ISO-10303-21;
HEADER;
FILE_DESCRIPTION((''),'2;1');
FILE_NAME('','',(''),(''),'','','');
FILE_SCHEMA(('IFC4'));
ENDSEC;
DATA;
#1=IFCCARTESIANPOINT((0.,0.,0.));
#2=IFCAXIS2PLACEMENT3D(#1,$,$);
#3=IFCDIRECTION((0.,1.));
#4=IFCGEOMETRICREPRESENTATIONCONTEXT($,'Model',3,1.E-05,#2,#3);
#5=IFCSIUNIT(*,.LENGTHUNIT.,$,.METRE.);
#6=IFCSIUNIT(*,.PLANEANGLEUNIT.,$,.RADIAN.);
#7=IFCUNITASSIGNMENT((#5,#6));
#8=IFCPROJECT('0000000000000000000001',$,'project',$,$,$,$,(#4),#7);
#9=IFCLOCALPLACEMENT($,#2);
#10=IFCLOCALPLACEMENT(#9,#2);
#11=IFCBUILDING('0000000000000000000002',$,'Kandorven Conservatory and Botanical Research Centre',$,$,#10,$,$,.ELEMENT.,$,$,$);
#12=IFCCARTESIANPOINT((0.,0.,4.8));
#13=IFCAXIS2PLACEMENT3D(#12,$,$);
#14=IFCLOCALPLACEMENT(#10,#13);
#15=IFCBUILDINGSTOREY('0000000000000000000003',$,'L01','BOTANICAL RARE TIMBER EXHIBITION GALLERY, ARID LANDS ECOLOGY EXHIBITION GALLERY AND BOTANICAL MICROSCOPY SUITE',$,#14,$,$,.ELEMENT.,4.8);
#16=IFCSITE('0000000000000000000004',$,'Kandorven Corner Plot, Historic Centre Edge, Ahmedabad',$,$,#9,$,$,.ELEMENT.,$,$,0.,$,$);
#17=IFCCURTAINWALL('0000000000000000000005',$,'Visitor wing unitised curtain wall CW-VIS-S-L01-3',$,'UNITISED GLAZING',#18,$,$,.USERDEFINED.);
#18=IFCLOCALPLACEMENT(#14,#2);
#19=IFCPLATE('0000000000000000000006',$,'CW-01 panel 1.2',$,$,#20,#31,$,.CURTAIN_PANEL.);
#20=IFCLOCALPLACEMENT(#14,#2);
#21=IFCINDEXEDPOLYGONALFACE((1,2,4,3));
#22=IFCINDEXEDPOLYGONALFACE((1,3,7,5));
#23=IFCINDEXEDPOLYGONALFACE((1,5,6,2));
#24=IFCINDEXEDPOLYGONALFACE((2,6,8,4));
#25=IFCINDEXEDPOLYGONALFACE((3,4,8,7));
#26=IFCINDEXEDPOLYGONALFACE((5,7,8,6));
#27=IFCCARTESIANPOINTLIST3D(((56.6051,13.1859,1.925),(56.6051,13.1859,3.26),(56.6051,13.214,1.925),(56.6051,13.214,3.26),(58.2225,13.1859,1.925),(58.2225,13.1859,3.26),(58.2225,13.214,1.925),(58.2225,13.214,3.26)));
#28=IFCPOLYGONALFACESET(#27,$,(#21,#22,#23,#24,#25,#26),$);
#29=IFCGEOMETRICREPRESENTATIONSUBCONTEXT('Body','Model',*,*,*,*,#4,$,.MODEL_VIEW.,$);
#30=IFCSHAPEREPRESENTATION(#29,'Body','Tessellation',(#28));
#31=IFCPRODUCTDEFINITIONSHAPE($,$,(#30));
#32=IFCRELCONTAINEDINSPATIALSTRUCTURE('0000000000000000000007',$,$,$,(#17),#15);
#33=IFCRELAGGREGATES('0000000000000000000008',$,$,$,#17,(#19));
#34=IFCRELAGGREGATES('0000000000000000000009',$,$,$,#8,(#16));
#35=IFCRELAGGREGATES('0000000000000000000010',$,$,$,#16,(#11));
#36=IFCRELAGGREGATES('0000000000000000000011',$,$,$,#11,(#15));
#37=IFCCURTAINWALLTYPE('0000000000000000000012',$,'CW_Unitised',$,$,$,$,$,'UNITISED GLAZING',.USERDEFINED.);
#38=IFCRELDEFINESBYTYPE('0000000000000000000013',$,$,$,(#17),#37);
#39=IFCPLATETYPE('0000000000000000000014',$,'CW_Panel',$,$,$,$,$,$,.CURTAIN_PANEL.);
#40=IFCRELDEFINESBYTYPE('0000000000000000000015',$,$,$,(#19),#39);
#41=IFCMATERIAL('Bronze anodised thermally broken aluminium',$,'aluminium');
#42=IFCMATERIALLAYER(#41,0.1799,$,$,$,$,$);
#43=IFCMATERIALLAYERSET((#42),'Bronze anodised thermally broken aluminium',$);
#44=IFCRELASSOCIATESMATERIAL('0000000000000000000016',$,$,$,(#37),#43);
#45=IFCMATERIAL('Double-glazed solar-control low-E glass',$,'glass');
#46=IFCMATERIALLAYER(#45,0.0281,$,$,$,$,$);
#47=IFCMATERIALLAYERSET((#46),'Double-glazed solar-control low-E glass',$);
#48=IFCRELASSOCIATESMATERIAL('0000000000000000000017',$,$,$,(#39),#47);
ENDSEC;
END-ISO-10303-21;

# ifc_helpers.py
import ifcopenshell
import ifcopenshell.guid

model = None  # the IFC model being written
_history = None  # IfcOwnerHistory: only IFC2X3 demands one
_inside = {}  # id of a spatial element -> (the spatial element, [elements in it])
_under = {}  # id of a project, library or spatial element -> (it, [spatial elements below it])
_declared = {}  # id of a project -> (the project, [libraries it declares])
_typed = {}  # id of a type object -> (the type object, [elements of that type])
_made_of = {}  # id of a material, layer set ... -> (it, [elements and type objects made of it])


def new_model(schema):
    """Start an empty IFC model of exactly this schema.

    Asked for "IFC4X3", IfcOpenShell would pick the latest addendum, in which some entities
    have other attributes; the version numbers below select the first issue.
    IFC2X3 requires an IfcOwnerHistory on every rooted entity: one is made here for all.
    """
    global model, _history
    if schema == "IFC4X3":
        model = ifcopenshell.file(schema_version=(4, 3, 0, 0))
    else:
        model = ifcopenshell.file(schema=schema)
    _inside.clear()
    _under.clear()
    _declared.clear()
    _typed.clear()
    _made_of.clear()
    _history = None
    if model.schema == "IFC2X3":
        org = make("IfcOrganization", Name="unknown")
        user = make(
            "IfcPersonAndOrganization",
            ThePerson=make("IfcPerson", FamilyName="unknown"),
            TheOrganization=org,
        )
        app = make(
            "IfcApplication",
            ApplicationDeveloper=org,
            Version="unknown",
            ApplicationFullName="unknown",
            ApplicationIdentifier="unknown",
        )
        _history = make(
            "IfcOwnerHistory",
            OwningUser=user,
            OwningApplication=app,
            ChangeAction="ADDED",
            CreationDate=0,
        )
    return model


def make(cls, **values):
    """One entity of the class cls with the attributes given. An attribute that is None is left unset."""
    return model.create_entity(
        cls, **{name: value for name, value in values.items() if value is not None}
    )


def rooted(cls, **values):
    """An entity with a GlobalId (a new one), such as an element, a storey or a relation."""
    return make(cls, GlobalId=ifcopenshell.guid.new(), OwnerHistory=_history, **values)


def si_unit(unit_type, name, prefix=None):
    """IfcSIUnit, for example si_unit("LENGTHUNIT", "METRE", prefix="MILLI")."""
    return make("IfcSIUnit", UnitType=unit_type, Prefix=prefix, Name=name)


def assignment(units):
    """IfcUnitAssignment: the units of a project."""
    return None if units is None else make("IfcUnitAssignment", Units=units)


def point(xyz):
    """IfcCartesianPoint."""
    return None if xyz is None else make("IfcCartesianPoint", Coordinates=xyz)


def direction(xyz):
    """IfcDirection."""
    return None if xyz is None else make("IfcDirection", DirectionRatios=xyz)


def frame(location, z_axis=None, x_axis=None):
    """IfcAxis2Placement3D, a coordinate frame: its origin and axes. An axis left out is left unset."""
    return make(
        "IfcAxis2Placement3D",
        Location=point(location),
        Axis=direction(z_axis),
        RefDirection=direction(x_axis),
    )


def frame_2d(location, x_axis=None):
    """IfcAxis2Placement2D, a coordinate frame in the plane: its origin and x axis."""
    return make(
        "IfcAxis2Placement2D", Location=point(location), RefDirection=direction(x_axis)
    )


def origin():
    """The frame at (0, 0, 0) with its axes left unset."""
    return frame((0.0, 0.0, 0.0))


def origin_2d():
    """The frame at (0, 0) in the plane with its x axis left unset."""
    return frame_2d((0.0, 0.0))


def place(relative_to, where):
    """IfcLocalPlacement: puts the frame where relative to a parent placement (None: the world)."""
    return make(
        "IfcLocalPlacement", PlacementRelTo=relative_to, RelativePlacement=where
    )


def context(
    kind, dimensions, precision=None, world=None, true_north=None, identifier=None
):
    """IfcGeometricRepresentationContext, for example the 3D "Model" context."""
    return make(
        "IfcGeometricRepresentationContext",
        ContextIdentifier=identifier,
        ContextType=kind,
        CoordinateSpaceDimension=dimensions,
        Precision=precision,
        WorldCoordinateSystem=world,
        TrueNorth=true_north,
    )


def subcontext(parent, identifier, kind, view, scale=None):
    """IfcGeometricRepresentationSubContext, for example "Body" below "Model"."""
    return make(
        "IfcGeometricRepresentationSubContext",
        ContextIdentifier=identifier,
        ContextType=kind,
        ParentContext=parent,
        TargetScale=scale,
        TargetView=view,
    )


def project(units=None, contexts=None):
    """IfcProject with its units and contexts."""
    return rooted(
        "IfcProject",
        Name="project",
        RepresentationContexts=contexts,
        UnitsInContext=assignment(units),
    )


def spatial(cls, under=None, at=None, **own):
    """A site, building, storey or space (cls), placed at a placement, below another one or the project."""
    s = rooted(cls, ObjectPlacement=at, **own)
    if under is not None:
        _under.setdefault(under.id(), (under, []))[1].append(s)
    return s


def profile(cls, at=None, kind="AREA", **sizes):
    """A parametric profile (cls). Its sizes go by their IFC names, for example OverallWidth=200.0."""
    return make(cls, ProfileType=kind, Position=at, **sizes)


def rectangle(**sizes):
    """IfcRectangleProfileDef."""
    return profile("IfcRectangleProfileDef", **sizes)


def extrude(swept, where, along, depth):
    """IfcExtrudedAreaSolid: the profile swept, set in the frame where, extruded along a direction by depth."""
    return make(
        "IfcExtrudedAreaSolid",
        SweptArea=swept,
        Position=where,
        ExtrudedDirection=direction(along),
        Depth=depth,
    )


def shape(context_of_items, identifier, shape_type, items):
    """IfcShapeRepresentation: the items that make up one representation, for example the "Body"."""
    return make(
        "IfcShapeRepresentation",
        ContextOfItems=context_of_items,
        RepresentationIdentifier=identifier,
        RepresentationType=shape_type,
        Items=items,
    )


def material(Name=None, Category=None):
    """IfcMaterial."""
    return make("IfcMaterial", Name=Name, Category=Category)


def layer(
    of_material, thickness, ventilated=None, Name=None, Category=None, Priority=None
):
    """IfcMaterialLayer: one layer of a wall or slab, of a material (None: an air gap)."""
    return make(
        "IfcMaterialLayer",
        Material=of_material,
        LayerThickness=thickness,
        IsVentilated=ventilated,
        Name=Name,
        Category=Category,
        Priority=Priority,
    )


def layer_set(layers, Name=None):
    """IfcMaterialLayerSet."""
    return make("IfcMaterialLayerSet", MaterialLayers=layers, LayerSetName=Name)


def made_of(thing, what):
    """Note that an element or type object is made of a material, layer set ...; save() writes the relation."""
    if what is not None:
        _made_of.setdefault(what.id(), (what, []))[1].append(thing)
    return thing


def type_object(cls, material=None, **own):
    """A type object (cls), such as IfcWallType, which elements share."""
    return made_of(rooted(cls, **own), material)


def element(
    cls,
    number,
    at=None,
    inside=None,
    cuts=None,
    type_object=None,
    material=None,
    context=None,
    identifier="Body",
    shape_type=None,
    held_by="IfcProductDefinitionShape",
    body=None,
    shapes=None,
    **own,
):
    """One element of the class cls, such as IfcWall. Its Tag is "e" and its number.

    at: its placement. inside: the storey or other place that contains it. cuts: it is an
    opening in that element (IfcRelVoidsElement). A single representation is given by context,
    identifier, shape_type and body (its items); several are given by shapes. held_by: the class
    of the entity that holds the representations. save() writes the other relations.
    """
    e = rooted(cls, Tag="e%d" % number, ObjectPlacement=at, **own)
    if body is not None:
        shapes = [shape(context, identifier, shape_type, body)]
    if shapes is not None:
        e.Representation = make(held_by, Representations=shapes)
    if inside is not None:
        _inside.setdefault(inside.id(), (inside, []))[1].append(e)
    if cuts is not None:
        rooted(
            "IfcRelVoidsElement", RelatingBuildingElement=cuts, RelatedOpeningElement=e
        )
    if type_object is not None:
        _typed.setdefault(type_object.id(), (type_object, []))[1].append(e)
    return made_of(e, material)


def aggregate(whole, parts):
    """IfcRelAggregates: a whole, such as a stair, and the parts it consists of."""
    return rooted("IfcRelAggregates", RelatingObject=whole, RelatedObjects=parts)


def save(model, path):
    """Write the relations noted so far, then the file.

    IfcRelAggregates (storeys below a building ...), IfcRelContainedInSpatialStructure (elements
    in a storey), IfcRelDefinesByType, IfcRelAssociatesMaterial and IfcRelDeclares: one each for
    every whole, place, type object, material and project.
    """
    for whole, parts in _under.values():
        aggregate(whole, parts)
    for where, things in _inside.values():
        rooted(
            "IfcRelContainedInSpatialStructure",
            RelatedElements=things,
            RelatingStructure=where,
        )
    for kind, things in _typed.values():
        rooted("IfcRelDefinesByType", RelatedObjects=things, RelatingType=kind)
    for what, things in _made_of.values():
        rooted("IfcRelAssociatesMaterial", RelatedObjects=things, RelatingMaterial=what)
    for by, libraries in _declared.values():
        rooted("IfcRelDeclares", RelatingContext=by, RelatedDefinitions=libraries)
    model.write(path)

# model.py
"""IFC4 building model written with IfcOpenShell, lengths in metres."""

from ifc_helpers import new_model, si_unit, direction, frame, origin, origin_2d, place, context, subcontext, project, spatial, rectangle, extrude, material, layer, layer_set, type_object, element, aggregate, save


model = new_model("IFC4")

# Units and contexts
model_context = context("Model", 3, precision=1e-05, world=origin(), true_north=direction((0.0, 1.0)))
body_context = subcontext(model_context, "Body", "Model", "MODEL_VIEW")
ifc_project = project(units=[si_unit("LENGTHUNIT", "METRE"), si_unit("PLANEANGLEUNIT", "RADIAN")], contexts=[model_context])

# Site, building, storey
site_placement = place(None, origin())
site = spatial("IfcSite", under=ifc_project, at=site_placement, Name="Kandorven Corner Plot, Historic Centre Edge, Ahmedabad", CompositionType="ELEMENT", RefElevation=0.0)
building_placement = place(site_placement, origin())
building = spatial("IfcBuilding", under=site, at=building_placement, Name="Kandorven Conservatory and Botanical Research Centre", CompositionType="ELEMENT")
storey_placement = place(building_placement, frame((0.0, 0.0, 4.8)))
storey = spatial("IfcBuildingStorey", under=building, at=storey_placement, Name="L01", Description="BOTANICAL RARE TIMBER EXHIBITION GALLERY, ARID LANDS ECOLOGY EXHIBITION GALLERY AND BOTANICAL MICROSCOPY SUITE", CompositionType="ELEMENT", Elevation=4.8)

# Shared definitions
ifc_material_1 = material(Name="Bronze anodised thermally broken aluminium", Category="aluminium")
ifc_layer_1 = layer(ifc_material_1, 0.1799)
ifc_layer_set_1 = layer_set([ifc_layer_1], Name="Bronze anodised thermally broken aluminium")
curtain_wall_type = type_object("IfcCurtainWallType", Name="CW_Unitised", ElementType="UNITISED GLAZING", PredefinedType="USERDEFINED", material=ifc_layer_set_1)

# Curtain wall
curtain_wall_1_placement = place(storey_placement, origin())
curtain_wall_1 = element("IfcCurtainWall", 1, at=curtain_wall_1_placement, inside=storey, type_object=curtain_wall_type, Name="Visitor wing unitised curtain wall CW-VIS-S-L01-3", ObjectType="UNITISED GLAZING", PredefinedType="USERDEFINED")

# Plate
ifc_material_2 = material(Name="Double-glazed solar-control low-E glass", Category="glass")
ifc_layer_2 = layer(ifc_material_2, 0.0281)
ifc_layer_set_2 = layer_set([ifc_layer_2], Name="Double-glazed solar-control low-E glass")
plate_type = type_object("IfcPlateType", Name="CW_Panel", PredefinedType="CURTAIN_PANEL", material=ifc_layer_set_2)
plate_1_placement = place(storey_placement, frame((57.4138, 13.2, 1.925), z_axis=(0.0, 0.0, 1.0), x_axis=(1.0, 0.0, 0.0)))
plate_1 = element("IfcPlate", 2, at=plate_1_placement, type_object=plate_type, Name="CW-01 panel 1.2", PredefinedType="CURTAIN_PANEL", context=body_context, shape_type="SweptSolid", body=[
    extrude(rectangle(XDim=1.6174, YDim=0.0281, at=origin_2d()), origin(), (0.0, 0.0, 1.0), 1.335),
])
aggregate(curtain_wall_1, [plate_1])

save(model, "model.ifc")
